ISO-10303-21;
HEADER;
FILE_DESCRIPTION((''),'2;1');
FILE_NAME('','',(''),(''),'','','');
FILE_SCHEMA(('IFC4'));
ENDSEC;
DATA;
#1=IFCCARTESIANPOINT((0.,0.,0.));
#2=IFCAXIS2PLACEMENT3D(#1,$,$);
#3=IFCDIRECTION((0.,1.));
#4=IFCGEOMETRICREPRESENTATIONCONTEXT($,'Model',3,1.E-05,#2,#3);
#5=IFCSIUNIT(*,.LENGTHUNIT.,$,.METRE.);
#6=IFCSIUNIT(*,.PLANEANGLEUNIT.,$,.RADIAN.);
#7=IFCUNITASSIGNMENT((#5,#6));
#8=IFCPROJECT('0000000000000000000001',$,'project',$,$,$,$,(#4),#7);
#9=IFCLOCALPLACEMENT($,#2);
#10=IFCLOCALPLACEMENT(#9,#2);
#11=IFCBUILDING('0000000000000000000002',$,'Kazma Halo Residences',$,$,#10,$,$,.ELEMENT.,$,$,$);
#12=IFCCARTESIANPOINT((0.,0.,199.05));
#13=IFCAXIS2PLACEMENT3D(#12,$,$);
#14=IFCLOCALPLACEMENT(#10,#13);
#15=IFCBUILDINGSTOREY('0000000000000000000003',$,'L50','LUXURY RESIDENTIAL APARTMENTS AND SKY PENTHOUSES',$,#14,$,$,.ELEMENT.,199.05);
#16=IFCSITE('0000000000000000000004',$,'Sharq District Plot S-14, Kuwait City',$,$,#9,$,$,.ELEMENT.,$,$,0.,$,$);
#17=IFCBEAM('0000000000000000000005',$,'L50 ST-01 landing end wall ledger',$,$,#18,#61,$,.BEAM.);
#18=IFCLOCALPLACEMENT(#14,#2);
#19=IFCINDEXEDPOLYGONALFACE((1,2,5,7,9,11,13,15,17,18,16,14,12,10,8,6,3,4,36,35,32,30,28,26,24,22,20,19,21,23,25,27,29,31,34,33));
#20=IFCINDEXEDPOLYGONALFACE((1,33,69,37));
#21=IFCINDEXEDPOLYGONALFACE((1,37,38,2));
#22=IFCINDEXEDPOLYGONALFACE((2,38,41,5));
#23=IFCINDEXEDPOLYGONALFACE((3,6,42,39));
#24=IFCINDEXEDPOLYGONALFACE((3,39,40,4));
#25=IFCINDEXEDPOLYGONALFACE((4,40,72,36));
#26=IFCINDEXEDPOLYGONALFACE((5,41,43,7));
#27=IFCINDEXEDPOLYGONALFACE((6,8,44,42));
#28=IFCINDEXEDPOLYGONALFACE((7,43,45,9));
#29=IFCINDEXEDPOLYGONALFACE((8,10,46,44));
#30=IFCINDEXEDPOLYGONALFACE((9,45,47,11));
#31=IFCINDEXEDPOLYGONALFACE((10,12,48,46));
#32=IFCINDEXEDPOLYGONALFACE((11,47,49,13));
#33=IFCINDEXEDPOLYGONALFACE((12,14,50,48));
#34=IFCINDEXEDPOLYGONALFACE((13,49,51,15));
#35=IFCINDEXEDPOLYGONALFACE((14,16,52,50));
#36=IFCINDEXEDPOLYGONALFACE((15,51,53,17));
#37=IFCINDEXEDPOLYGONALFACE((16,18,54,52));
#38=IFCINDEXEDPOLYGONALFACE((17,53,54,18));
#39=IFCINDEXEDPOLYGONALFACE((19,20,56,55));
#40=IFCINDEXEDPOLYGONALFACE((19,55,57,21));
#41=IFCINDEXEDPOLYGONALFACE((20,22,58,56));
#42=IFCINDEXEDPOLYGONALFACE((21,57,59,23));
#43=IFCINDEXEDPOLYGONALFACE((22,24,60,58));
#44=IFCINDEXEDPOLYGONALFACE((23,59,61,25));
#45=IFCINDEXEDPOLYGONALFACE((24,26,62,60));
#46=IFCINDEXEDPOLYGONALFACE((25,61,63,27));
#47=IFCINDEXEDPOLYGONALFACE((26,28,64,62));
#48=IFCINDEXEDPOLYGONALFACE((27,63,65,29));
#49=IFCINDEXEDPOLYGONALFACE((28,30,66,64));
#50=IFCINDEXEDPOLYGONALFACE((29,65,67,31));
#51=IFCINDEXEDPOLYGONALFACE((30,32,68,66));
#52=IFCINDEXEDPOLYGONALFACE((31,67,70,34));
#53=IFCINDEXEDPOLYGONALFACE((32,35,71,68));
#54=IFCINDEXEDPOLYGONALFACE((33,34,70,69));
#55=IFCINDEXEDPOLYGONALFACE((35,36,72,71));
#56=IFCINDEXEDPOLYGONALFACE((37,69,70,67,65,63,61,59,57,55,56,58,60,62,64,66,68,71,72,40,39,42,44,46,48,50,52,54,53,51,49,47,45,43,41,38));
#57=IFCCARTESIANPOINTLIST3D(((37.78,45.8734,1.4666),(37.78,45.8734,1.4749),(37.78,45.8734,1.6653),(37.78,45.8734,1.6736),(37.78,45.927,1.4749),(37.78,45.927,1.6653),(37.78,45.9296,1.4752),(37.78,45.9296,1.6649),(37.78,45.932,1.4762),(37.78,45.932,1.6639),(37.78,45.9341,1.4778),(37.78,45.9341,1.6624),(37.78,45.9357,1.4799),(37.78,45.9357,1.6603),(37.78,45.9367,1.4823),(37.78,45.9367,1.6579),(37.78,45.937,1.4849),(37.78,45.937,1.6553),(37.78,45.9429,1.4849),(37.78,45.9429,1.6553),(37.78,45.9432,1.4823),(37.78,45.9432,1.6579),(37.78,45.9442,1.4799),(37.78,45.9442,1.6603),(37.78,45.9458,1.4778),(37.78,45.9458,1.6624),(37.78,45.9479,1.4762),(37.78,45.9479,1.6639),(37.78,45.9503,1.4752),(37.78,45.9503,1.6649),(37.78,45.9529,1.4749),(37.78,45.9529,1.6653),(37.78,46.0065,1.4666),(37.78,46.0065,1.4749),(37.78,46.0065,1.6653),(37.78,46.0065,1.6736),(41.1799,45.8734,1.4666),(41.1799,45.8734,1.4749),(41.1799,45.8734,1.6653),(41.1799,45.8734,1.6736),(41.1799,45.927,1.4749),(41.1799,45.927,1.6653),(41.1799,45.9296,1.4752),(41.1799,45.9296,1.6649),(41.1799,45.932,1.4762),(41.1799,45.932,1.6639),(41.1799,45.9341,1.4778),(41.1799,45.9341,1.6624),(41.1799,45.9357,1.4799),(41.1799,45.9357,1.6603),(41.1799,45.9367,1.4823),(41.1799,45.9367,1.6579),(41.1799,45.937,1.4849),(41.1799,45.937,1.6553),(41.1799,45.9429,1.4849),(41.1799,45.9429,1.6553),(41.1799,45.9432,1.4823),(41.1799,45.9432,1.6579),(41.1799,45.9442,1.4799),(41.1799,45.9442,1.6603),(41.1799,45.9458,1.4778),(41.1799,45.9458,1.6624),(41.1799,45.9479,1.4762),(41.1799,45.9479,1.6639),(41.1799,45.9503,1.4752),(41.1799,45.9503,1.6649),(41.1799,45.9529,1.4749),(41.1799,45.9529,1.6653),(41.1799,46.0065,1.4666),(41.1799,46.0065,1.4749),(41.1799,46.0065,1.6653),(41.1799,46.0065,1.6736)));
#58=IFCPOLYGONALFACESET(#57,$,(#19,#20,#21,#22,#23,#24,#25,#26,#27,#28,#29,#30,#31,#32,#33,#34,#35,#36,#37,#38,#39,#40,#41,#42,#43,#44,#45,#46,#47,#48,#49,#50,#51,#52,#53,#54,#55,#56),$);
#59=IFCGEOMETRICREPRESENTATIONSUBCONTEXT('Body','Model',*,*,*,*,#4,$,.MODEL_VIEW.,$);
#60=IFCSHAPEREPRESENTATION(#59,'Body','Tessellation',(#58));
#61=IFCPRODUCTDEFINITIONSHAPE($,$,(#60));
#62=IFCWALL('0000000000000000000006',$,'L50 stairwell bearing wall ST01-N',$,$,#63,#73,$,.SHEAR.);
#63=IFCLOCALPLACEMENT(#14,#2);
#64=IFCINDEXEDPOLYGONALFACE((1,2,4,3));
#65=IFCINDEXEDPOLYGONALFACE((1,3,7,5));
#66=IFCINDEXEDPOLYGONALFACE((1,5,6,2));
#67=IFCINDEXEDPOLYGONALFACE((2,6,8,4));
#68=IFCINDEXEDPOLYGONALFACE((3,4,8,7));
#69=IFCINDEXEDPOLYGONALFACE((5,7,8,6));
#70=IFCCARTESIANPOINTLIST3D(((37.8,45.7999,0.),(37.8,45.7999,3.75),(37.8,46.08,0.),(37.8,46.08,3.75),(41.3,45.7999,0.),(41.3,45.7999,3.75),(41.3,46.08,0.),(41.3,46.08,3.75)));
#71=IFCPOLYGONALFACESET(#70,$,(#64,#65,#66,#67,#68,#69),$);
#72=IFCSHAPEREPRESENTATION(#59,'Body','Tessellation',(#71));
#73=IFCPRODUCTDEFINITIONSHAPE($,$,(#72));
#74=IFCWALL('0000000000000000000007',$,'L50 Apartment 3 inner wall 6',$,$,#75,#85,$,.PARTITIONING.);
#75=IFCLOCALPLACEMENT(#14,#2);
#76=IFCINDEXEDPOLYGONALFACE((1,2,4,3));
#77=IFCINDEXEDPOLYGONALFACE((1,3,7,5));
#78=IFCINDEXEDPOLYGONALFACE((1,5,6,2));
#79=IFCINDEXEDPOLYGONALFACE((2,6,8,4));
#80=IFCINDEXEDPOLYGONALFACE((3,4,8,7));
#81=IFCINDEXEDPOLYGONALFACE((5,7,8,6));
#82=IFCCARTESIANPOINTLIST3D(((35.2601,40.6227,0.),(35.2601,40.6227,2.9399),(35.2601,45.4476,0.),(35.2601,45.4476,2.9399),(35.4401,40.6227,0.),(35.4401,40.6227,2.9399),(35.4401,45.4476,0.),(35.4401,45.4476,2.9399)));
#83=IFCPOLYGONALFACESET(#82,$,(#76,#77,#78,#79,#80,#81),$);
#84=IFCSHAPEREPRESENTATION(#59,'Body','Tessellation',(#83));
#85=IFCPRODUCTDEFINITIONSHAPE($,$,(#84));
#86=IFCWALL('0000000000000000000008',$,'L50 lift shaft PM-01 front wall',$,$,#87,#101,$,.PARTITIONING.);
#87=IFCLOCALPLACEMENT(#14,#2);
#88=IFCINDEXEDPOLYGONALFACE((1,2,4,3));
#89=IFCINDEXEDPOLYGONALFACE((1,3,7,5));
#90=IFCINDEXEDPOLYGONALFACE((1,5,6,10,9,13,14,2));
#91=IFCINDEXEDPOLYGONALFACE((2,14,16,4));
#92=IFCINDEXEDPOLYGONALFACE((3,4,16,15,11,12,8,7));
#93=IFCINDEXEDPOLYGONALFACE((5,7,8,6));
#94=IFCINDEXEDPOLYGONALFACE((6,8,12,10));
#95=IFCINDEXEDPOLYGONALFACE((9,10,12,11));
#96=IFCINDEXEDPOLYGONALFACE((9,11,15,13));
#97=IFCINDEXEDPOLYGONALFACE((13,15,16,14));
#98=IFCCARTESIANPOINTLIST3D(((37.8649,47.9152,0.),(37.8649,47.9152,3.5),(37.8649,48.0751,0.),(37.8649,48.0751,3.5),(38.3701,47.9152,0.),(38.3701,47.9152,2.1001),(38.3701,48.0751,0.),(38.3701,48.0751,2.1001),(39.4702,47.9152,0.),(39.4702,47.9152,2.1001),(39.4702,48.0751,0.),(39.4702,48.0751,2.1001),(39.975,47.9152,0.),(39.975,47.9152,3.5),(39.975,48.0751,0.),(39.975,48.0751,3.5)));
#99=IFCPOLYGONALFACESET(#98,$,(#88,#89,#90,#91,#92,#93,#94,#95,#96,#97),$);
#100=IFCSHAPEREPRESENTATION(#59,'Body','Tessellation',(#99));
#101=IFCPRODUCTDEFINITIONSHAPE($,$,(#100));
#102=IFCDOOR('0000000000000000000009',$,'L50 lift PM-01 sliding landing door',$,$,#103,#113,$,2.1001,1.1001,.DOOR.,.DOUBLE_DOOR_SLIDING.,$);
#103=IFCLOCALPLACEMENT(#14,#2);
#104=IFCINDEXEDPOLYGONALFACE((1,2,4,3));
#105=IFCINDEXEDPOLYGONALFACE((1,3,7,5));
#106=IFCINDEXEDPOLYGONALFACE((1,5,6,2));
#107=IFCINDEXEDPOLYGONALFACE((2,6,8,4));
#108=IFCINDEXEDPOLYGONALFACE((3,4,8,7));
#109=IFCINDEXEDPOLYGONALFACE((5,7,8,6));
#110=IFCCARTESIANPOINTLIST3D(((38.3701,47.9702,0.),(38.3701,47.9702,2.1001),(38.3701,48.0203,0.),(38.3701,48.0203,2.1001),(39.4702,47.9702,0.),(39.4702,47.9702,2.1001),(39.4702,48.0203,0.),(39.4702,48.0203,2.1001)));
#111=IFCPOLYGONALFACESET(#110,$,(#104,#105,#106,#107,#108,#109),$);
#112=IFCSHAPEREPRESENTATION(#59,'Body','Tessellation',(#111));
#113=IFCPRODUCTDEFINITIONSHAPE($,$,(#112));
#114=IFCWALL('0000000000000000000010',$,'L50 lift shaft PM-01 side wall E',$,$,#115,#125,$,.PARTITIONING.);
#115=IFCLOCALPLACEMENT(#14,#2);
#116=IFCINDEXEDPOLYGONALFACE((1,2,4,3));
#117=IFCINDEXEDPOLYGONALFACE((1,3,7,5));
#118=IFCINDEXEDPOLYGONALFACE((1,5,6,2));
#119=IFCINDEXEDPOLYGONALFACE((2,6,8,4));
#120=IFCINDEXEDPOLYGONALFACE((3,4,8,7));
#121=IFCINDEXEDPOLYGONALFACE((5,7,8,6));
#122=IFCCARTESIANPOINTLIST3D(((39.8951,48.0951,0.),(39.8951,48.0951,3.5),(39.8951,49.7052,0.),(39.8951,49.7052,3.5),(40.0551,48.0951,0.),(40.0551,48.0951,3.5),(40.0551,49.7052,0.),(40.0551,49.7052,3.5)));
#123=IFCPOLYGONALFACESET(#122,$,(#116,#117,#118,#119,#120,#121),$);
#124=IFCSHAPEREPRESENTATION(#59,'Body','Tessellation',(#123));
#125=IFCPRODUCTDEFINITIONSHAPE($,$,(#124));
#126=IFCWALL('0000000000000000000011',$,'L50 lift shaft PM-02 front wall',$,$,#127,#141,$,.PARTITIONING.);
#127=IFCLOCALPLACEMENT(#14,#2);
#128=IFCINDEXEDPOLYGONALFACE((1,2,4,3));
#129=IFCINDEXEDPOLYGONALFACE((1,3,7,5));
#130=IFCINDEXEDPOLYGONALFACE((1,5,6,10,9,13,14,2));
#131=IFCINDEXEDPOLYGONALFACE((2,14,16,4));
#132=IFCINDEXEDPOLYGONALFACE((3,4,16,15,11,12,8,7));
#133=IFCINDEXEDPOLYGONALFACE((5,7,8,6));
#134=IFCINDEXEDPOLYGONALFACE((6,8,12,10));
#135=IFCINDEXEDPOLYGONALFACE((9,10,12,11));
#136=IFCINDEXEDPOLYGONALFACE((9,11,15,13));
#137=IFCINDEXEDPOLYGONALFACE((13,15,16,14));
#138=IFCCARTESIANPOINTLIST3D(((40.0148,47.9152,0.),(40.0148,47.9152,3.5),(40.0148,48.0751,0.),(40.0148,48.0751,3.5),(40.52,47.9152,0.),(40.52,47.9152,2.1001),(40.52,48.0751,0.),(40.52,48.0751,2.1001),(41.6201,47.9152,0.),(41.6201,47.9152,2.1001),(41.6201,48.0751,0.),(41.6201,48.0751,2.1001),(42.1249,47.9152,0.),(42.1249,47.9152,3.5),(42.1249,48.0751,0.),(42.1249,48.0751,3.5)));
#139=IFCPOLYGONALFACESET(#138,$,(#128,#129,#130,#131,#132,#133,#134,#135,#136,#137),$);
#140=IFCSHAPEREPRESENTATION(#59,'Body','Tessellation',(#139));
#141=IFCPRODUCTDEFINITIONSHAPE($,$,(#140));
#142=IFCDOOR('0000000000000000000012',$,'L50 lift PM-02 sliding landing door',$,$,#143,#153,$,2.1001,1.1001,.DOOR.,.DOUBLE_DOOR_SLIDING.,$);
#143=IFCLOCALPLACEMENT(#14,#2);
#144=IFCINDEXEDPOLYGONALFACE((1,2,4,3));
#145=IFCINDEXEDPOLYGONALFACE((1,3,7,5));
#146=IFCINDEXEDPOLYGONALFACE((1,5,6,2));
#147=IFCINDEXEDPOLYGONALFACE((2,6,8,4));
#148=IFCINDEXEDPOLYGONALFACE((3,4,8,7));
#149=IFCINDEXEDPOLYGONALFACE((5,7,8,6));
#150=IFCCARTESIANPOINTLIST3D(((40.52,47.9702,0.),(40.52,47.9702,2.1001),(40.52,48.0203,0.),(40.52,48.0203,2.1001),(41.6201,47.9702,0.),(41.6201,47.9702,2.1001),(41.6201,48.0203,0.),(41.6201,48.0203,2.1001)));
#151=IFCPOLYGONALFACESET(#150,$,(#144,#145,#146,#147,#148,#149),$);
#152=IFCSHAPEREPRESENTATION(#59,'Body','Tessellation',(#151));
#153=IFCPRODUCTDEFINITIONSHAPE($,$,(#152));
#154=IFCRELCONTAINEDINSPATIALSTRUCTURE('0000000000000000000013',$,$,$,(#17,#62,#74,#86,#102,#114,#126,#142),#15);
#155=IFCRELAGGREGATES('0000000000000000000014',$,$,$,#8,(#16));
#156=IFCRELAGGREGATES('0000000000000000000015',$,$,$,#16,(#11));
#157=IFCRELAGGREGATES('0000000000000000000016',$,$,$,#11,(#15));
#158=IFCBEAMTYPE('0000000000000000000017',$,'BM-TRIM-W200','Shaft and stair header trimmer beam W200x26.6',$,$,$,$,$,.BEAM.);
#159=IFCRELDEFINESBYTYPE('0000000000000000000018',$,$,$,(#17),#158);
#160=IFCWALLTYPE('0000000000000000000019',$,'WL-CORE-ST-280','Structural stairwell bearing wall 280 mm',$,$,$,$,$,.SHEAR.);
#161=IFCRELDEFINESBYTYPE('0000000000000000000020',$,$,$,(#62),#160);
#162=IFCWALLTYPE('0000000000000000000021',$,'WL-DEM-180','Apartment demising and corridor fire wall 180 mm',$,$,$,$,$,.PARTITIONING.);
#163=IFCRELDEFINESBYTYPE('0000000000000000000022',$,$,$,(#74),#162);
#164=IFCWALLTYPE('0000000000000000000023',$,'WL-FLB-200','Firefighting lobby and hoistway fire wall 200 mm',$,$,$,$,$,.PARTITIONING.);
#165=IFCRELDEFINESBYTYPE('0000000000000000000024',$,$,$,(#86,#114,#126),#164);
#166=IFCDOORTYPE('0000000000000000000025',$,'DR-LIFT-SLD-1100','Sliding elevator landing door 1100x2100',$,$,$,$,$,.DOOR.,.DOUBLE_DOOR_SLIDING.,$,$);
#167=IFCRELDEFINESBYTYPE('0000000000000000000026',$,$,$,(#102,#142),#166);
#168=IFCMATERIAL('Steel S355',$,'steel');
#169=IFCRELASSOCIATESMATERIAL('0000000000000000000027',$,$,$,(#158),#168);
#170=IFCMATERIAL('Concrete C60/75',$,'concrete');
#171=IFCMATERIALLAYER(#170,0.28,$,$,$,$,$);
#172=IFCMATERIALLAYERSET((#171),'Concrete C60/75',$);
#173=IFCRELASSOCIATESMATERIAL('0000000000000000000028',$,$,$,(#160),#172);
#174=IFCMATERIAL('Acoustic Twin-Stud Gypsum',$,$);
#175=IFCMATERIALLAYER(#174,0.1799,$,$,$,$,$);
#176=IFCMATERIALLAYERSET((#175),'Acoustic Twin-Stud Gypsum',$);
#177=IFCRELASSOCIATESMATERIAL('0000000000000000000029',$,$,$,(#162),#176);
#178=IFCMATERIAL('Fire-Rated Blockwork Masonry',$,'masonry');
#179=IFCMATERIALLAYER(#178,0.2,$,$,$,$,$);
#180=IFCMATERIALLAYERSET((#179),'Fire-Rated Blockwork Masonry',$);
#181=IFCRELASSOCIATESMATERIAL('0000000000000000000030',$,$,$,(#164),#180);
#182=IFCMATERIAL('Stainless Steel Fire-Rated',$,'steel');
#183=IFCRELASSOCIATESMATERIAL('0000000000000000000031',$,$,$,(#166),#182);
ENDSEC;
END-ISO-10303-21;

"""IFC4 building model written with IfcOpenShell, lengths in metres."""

from ifc_helpers import new_model, si_unit, direction, frame, frame_2d, origin, origin_2d, place, context, subcontext, project, spatial, rectangle, i_section, extrude, material, layer, layer_set, material_profile, profile_set, type_object, element, fill, save


model = new_model("IFC4")

# Units and contexts
model_context = context("Model", 3, precision=1e-05, world=origin(), true_north=direction((0.0, 1.0)))
body_context = subcontext(model_context, "Body", "Model", "MODEL_VIEW")
ifc_project = project(units=[si_unit("LENGTHUNIT", "METRE"), si_unit("PLANEANGLEUNIT", "RADIAN")], contexts=[model_context])

# Site, building, storey
site_placement = place(None, origin())
site = spatial("IfcSite", under=ifc_project, at=site_placement, Name="Sharq District Plot S-14, Kuwait City", CompositionType="ELEMENT", RefElevation=0.0)
building_placement = place(site_placement, origin())
building = spatial("IfcBuilding", under=site, at=building_placement, Name="Kazma Halo Residences", CompositionType="ELEMENT")
storey_placement = place(building_placement, frame((0.0, 0.0, 199.05)))
storey = spatial("IfcBuildingStorey", under=building, at=storey_placement, Name="L50", Description="LUXURY RESIDENTIAL APARTMENTS AND SKY PENTHOUSES", CompositionType="ELEMENT", Elevation=199.05)

# Shared definitions
ifc_material_1 = material(Name="Steel S355", Category="steel")

# Beam
ifc_material_profile_1 = material_profile(ifc_material_1, i_section(OverallWidth=0.1331, OverallDepth=0.207, WebThickness=0.0059, FlangeThickness=0.0083, FilletRadius=0.01, at=origin_2d()), Name="W200x26.6")
ifc_profile_set_1 = profile_set([ifc_material_profile_1], Name="Steel S355")
beam_type_1 = type_object("IfcBeamType", Name="BM-TRIM-W200", Description="Shaft and stair header trimmer beam W200x26.6", PredefinedType="BEAM", material=ifc_profile_set_1)
beam_1_placement = place(storey_placement, frame((37.78, 45.9399, 1.5701), z_axis=(1.0, 0.0, 0.0), x_axis=(0.0, 1.0, 0.0)))
element("IfcBeam", 1, at=beam_1_placement, inside=storey, type_object=beam_type_1, Name="L50 ST-01 landing end wall ledger", PredefinedType="BEAM", context=body_context, shape_type="SweptSolid", body=[
    extrude(i_section(OverallWidth=0.1331, OverallDepth=0.207, WebThickness=0.0059, FlangeThickness=0.0083, FilletRadius=0.01, at=origin_2d()), origin(), (0.0, 0.0, 1.0), 3.3999),
])

# Walls
ifc_material_2 = material(Name="Concrete C60/75", Category="concrete")
ifc_layer_1 = layer(ifc_material_2, 0.28)
ifc_layer_set_1 = layer_set([ifc_layer_1], Name="Concrete C60/75")
wall_type_1 = type_object("IfcWallType", Name="WL-CORE-ST-280", Description="Structural stairwell bearing wall 280 mm", PredefinedType="SHEAR", material=ifc_layer_set_1)
wall_1_placement = place(storey_placement, frame((37.8, 45.9399, 0.0), z_axis=(0.0, 0.0, 1.0), x_axis=(1.0, 0.0, 0.0)))
element("IfcWall", 2, at=wall_1_placement, inside=storey, type_object=wall_type_1, Name="L50 stairwell bearing wall ST01-N", PredefinedType="SHEAR", context=body_context, shape_type="SweptSolid", body=[
    extrude(rectangle(XDim=3.5, YDim=0.28, at=frame_2d((1.75, 0.0))), origin(), (0.0, 0.0, 1.0), 3.75),
])
ifc_material_3 = material(Name="Acoustic Twin-Stud Gypsum")
ifc_layer_2 = layer(ifc_material_3, 0.1799)
ifc_layer_set_2 = layer_set([ifc_layer_2], Name="Acoustic Twin-Stud Gypsum")
wall_type_2 = type_object("IfcWallType", Name="WL-DEM-180", Description="Apartment demising and corridor fire wall 180 mm", PredefinedType="PARTITIONING", material=ifc_layer_set_2)
wall_2_placement = place(storey_placement, frame((35.3501, 45.4478, 0.0), z_axis=(0.0, 0.0, 1.0), x_axis=(0.0, -1.0, 0.0)))
element("IfcWall", 3, at=wall_2_placement, inside=storey, type_object=wall_type_2, Name="L50 Apartment 3 inner wall 6", PredefinedType="PARTITIONING", context=body_context, shape_type="SweptSolid", body=[
    extrude(rectangle(XDim=4.825, YDim=0.1799, at=frame_2d((2.4126, 0.0))), origin(), (0.0, 0.0, 1.0), 2.9399),
])

# Wall, opening, door
ifc_material_4 = material(Name="Fire-Rated Blockwork Masonry", Category="masonry")
ifc_layer_3 = layer(ifc_material_4, 0.2)
ifc_layer_set_3 = layer_set([ifc_layer_3], Name="Fire-Rated Blockwork Masonry")
wall_type_3 = type_object("IfcWallType", Name="WL-FLB-200", Description="Firefighting lobby and hoistway fire wall 200 mm", PredefinedType="PARTITIONING", material=ifc_layer_set_3)
wall_3_placement = place(storey_placement, frame((39.9751, 47.9951, 0.0), z_axis=(0.0, 0.0, 1.0), x_axis=(-1.0, 0.0, 0.0)))
wall_3 = element("IfcWall", 4, at=wall_3_placement, inside=storey, type_object=wall_type_3, Name="L50 lift shaft PM-01 front wall", PredefinedType="PARTITIONING", context=body_context, shape_type="SweptSolid", body=[
    extrude(rectangle(XDim=2.1101, YDim=0.1599, at=frame_2d((1.0552, 0.0))), origin(), (0.0, 0.0, 1.0), 3.5),
])
opening_1_placement = place(wall_3_placement, frame((0.5049, 0.0, 0.0)))
opening_1 = element("IfcOpeningElement", 5, at=opening_1_placement, cuts=wall_3, PredefinedType="OPENING", context=body_context, shape_type="SweptSolid", body=[
    extrude(rectangle(XDim=1.1001, YDim=2.1001, at=frame_2d((0.55, 1.05))), frame((0.0, 0.0898, 0.0), z_axis=(0.0, -1.0, 0.0), x_axis=(1.0, 0.0, 0.0)), (0.0, 0.0, 1.0), 0.1799),
])
ifc_material_5 = material(Name="Stainless Steel Fire-Rated", Category="steel")
door_type = type_object("IfcDoorType", Name="DR-LIFT-SLD-1100", Description="Sliding elevator landing door 1100x2100", OperationType="DOUBLE_DOOR_SLIDING", PredefinedType="DOOR", material=ifc_material_5)
door_1_placement = place(opening_1_placement, origin())
door_1 = element("IfcDoor", 6, at=door_1_placement, inside=storey, type_object=door_type, Name="L50 lift PM-01 sliding landing door", OperationType="DOUBLE_DOOR_SLIDING", OverallHeight=2.1001, OverallWidth=1.1001, PredefinedType="DOOR", context=body_context, shape_type="SweptSolid", body=[
    extrude(rectangle(XDim=1.1001, YDim=2.1001, at=frame_2d((0.55, 1.05))), frame((0.0, 0.0249, 0.0), z_axis=(0.0, -1.0, 0.0), x_axis=(1.0, 0.0, 0.0)), (0.0, 0.0, 1.0), 0.05),
])
fill(opening_1, door_1)

# Wall
wall_4_placement = place(storey_placement, frame((39.9751, 48.095, 0.0), z_axis=(0.0, 0.0, 1.0), x_axis=(0.0, 1.0, 0.0)))
element("IfcWall", 7, at=wall_4_placement, inside=storey, type_object=wall_type_3, Name="L50 lift shaft PM-01 side wall E", PredefinedType="PARTITIONING", context=body_context, shape_type="SweptSolid", body=[
    extrude(rectangle(XDim=1.6101, YDim=0.1599, at=frame_2d((0.8052, 0.0))), origin(), (0.0, 0.0, 1.0), 3.5),
])

# Wall, opening, door
wall_5_placement = place(storey_placement, frame((42.125, 47.9951, 0.0), z_axis=(0.0, 0.0, 1.0), x_axis=(-1.0, 0.0, 0.0)))
wall_5 = element("IfcWall", 8, at=wall_5_placement, inside=storey, type_object=wall_type_3, Name="L50 lift shaft PM-02 front wall", PredefinedType="PARTITIONING", context=body_context, shape_type="SweptSolid", body=[
    extrude(rectangle(XDim=2.1101, YDim=0.1599, at=frame_2d((1.0552, 0.0))), origin(), (0.0, 0.0, 1.0), 3.5),
])
opening_2_placement = place(wall_5_placement, frame((0.5049, 0.0, 0.0)))
opening_2 = element("IfcOpeningElement", 9, at=opening_2_placement, cuts=wall_5, PredefinedType="OPENING", context=body_context, shape_type="SweptSolid", body=[
    extrude(rectangle(XDim=1.1001, YDim=2.1001, at=frame_2d((0.55, 1.05))), frame((0.0, 0.0898, 0.0), z_axis=(0.0, -1.0, 0.0), x_axis=(1.0, 0.0, 0.0)), (0.0, 0.0, 1.0), 0.1799),
])
door_2_placement = place(opening_2_placement, origin())
door_2 = element("IfcDoor", 10, at=door_2_placement, inside=storey, type_object=door_type, Name="L50 lift PM-02 sliding landing door", OperationType="DOUBLE_DOOR_SLIDING", OverallHeight=2.1001, OverallWidth=1.1001, PredefinedType="DOOR", context=body_context, shape_type="SweptSolid", body=[
    extrude(rectangle(XDim=1.1001, YDim=2.1001, at=frame_2d((0.55, 1.05))), frame((0.0, 0.0249, 0.0), z_axis=(0.0, -1.0, 0.0), x_axis=(1.0, 0.0, 0.0)), (0.0, 0.0, 1.0), 0.05),
])
fill(opening_2, door_2)

save(model, "model.ifc")
